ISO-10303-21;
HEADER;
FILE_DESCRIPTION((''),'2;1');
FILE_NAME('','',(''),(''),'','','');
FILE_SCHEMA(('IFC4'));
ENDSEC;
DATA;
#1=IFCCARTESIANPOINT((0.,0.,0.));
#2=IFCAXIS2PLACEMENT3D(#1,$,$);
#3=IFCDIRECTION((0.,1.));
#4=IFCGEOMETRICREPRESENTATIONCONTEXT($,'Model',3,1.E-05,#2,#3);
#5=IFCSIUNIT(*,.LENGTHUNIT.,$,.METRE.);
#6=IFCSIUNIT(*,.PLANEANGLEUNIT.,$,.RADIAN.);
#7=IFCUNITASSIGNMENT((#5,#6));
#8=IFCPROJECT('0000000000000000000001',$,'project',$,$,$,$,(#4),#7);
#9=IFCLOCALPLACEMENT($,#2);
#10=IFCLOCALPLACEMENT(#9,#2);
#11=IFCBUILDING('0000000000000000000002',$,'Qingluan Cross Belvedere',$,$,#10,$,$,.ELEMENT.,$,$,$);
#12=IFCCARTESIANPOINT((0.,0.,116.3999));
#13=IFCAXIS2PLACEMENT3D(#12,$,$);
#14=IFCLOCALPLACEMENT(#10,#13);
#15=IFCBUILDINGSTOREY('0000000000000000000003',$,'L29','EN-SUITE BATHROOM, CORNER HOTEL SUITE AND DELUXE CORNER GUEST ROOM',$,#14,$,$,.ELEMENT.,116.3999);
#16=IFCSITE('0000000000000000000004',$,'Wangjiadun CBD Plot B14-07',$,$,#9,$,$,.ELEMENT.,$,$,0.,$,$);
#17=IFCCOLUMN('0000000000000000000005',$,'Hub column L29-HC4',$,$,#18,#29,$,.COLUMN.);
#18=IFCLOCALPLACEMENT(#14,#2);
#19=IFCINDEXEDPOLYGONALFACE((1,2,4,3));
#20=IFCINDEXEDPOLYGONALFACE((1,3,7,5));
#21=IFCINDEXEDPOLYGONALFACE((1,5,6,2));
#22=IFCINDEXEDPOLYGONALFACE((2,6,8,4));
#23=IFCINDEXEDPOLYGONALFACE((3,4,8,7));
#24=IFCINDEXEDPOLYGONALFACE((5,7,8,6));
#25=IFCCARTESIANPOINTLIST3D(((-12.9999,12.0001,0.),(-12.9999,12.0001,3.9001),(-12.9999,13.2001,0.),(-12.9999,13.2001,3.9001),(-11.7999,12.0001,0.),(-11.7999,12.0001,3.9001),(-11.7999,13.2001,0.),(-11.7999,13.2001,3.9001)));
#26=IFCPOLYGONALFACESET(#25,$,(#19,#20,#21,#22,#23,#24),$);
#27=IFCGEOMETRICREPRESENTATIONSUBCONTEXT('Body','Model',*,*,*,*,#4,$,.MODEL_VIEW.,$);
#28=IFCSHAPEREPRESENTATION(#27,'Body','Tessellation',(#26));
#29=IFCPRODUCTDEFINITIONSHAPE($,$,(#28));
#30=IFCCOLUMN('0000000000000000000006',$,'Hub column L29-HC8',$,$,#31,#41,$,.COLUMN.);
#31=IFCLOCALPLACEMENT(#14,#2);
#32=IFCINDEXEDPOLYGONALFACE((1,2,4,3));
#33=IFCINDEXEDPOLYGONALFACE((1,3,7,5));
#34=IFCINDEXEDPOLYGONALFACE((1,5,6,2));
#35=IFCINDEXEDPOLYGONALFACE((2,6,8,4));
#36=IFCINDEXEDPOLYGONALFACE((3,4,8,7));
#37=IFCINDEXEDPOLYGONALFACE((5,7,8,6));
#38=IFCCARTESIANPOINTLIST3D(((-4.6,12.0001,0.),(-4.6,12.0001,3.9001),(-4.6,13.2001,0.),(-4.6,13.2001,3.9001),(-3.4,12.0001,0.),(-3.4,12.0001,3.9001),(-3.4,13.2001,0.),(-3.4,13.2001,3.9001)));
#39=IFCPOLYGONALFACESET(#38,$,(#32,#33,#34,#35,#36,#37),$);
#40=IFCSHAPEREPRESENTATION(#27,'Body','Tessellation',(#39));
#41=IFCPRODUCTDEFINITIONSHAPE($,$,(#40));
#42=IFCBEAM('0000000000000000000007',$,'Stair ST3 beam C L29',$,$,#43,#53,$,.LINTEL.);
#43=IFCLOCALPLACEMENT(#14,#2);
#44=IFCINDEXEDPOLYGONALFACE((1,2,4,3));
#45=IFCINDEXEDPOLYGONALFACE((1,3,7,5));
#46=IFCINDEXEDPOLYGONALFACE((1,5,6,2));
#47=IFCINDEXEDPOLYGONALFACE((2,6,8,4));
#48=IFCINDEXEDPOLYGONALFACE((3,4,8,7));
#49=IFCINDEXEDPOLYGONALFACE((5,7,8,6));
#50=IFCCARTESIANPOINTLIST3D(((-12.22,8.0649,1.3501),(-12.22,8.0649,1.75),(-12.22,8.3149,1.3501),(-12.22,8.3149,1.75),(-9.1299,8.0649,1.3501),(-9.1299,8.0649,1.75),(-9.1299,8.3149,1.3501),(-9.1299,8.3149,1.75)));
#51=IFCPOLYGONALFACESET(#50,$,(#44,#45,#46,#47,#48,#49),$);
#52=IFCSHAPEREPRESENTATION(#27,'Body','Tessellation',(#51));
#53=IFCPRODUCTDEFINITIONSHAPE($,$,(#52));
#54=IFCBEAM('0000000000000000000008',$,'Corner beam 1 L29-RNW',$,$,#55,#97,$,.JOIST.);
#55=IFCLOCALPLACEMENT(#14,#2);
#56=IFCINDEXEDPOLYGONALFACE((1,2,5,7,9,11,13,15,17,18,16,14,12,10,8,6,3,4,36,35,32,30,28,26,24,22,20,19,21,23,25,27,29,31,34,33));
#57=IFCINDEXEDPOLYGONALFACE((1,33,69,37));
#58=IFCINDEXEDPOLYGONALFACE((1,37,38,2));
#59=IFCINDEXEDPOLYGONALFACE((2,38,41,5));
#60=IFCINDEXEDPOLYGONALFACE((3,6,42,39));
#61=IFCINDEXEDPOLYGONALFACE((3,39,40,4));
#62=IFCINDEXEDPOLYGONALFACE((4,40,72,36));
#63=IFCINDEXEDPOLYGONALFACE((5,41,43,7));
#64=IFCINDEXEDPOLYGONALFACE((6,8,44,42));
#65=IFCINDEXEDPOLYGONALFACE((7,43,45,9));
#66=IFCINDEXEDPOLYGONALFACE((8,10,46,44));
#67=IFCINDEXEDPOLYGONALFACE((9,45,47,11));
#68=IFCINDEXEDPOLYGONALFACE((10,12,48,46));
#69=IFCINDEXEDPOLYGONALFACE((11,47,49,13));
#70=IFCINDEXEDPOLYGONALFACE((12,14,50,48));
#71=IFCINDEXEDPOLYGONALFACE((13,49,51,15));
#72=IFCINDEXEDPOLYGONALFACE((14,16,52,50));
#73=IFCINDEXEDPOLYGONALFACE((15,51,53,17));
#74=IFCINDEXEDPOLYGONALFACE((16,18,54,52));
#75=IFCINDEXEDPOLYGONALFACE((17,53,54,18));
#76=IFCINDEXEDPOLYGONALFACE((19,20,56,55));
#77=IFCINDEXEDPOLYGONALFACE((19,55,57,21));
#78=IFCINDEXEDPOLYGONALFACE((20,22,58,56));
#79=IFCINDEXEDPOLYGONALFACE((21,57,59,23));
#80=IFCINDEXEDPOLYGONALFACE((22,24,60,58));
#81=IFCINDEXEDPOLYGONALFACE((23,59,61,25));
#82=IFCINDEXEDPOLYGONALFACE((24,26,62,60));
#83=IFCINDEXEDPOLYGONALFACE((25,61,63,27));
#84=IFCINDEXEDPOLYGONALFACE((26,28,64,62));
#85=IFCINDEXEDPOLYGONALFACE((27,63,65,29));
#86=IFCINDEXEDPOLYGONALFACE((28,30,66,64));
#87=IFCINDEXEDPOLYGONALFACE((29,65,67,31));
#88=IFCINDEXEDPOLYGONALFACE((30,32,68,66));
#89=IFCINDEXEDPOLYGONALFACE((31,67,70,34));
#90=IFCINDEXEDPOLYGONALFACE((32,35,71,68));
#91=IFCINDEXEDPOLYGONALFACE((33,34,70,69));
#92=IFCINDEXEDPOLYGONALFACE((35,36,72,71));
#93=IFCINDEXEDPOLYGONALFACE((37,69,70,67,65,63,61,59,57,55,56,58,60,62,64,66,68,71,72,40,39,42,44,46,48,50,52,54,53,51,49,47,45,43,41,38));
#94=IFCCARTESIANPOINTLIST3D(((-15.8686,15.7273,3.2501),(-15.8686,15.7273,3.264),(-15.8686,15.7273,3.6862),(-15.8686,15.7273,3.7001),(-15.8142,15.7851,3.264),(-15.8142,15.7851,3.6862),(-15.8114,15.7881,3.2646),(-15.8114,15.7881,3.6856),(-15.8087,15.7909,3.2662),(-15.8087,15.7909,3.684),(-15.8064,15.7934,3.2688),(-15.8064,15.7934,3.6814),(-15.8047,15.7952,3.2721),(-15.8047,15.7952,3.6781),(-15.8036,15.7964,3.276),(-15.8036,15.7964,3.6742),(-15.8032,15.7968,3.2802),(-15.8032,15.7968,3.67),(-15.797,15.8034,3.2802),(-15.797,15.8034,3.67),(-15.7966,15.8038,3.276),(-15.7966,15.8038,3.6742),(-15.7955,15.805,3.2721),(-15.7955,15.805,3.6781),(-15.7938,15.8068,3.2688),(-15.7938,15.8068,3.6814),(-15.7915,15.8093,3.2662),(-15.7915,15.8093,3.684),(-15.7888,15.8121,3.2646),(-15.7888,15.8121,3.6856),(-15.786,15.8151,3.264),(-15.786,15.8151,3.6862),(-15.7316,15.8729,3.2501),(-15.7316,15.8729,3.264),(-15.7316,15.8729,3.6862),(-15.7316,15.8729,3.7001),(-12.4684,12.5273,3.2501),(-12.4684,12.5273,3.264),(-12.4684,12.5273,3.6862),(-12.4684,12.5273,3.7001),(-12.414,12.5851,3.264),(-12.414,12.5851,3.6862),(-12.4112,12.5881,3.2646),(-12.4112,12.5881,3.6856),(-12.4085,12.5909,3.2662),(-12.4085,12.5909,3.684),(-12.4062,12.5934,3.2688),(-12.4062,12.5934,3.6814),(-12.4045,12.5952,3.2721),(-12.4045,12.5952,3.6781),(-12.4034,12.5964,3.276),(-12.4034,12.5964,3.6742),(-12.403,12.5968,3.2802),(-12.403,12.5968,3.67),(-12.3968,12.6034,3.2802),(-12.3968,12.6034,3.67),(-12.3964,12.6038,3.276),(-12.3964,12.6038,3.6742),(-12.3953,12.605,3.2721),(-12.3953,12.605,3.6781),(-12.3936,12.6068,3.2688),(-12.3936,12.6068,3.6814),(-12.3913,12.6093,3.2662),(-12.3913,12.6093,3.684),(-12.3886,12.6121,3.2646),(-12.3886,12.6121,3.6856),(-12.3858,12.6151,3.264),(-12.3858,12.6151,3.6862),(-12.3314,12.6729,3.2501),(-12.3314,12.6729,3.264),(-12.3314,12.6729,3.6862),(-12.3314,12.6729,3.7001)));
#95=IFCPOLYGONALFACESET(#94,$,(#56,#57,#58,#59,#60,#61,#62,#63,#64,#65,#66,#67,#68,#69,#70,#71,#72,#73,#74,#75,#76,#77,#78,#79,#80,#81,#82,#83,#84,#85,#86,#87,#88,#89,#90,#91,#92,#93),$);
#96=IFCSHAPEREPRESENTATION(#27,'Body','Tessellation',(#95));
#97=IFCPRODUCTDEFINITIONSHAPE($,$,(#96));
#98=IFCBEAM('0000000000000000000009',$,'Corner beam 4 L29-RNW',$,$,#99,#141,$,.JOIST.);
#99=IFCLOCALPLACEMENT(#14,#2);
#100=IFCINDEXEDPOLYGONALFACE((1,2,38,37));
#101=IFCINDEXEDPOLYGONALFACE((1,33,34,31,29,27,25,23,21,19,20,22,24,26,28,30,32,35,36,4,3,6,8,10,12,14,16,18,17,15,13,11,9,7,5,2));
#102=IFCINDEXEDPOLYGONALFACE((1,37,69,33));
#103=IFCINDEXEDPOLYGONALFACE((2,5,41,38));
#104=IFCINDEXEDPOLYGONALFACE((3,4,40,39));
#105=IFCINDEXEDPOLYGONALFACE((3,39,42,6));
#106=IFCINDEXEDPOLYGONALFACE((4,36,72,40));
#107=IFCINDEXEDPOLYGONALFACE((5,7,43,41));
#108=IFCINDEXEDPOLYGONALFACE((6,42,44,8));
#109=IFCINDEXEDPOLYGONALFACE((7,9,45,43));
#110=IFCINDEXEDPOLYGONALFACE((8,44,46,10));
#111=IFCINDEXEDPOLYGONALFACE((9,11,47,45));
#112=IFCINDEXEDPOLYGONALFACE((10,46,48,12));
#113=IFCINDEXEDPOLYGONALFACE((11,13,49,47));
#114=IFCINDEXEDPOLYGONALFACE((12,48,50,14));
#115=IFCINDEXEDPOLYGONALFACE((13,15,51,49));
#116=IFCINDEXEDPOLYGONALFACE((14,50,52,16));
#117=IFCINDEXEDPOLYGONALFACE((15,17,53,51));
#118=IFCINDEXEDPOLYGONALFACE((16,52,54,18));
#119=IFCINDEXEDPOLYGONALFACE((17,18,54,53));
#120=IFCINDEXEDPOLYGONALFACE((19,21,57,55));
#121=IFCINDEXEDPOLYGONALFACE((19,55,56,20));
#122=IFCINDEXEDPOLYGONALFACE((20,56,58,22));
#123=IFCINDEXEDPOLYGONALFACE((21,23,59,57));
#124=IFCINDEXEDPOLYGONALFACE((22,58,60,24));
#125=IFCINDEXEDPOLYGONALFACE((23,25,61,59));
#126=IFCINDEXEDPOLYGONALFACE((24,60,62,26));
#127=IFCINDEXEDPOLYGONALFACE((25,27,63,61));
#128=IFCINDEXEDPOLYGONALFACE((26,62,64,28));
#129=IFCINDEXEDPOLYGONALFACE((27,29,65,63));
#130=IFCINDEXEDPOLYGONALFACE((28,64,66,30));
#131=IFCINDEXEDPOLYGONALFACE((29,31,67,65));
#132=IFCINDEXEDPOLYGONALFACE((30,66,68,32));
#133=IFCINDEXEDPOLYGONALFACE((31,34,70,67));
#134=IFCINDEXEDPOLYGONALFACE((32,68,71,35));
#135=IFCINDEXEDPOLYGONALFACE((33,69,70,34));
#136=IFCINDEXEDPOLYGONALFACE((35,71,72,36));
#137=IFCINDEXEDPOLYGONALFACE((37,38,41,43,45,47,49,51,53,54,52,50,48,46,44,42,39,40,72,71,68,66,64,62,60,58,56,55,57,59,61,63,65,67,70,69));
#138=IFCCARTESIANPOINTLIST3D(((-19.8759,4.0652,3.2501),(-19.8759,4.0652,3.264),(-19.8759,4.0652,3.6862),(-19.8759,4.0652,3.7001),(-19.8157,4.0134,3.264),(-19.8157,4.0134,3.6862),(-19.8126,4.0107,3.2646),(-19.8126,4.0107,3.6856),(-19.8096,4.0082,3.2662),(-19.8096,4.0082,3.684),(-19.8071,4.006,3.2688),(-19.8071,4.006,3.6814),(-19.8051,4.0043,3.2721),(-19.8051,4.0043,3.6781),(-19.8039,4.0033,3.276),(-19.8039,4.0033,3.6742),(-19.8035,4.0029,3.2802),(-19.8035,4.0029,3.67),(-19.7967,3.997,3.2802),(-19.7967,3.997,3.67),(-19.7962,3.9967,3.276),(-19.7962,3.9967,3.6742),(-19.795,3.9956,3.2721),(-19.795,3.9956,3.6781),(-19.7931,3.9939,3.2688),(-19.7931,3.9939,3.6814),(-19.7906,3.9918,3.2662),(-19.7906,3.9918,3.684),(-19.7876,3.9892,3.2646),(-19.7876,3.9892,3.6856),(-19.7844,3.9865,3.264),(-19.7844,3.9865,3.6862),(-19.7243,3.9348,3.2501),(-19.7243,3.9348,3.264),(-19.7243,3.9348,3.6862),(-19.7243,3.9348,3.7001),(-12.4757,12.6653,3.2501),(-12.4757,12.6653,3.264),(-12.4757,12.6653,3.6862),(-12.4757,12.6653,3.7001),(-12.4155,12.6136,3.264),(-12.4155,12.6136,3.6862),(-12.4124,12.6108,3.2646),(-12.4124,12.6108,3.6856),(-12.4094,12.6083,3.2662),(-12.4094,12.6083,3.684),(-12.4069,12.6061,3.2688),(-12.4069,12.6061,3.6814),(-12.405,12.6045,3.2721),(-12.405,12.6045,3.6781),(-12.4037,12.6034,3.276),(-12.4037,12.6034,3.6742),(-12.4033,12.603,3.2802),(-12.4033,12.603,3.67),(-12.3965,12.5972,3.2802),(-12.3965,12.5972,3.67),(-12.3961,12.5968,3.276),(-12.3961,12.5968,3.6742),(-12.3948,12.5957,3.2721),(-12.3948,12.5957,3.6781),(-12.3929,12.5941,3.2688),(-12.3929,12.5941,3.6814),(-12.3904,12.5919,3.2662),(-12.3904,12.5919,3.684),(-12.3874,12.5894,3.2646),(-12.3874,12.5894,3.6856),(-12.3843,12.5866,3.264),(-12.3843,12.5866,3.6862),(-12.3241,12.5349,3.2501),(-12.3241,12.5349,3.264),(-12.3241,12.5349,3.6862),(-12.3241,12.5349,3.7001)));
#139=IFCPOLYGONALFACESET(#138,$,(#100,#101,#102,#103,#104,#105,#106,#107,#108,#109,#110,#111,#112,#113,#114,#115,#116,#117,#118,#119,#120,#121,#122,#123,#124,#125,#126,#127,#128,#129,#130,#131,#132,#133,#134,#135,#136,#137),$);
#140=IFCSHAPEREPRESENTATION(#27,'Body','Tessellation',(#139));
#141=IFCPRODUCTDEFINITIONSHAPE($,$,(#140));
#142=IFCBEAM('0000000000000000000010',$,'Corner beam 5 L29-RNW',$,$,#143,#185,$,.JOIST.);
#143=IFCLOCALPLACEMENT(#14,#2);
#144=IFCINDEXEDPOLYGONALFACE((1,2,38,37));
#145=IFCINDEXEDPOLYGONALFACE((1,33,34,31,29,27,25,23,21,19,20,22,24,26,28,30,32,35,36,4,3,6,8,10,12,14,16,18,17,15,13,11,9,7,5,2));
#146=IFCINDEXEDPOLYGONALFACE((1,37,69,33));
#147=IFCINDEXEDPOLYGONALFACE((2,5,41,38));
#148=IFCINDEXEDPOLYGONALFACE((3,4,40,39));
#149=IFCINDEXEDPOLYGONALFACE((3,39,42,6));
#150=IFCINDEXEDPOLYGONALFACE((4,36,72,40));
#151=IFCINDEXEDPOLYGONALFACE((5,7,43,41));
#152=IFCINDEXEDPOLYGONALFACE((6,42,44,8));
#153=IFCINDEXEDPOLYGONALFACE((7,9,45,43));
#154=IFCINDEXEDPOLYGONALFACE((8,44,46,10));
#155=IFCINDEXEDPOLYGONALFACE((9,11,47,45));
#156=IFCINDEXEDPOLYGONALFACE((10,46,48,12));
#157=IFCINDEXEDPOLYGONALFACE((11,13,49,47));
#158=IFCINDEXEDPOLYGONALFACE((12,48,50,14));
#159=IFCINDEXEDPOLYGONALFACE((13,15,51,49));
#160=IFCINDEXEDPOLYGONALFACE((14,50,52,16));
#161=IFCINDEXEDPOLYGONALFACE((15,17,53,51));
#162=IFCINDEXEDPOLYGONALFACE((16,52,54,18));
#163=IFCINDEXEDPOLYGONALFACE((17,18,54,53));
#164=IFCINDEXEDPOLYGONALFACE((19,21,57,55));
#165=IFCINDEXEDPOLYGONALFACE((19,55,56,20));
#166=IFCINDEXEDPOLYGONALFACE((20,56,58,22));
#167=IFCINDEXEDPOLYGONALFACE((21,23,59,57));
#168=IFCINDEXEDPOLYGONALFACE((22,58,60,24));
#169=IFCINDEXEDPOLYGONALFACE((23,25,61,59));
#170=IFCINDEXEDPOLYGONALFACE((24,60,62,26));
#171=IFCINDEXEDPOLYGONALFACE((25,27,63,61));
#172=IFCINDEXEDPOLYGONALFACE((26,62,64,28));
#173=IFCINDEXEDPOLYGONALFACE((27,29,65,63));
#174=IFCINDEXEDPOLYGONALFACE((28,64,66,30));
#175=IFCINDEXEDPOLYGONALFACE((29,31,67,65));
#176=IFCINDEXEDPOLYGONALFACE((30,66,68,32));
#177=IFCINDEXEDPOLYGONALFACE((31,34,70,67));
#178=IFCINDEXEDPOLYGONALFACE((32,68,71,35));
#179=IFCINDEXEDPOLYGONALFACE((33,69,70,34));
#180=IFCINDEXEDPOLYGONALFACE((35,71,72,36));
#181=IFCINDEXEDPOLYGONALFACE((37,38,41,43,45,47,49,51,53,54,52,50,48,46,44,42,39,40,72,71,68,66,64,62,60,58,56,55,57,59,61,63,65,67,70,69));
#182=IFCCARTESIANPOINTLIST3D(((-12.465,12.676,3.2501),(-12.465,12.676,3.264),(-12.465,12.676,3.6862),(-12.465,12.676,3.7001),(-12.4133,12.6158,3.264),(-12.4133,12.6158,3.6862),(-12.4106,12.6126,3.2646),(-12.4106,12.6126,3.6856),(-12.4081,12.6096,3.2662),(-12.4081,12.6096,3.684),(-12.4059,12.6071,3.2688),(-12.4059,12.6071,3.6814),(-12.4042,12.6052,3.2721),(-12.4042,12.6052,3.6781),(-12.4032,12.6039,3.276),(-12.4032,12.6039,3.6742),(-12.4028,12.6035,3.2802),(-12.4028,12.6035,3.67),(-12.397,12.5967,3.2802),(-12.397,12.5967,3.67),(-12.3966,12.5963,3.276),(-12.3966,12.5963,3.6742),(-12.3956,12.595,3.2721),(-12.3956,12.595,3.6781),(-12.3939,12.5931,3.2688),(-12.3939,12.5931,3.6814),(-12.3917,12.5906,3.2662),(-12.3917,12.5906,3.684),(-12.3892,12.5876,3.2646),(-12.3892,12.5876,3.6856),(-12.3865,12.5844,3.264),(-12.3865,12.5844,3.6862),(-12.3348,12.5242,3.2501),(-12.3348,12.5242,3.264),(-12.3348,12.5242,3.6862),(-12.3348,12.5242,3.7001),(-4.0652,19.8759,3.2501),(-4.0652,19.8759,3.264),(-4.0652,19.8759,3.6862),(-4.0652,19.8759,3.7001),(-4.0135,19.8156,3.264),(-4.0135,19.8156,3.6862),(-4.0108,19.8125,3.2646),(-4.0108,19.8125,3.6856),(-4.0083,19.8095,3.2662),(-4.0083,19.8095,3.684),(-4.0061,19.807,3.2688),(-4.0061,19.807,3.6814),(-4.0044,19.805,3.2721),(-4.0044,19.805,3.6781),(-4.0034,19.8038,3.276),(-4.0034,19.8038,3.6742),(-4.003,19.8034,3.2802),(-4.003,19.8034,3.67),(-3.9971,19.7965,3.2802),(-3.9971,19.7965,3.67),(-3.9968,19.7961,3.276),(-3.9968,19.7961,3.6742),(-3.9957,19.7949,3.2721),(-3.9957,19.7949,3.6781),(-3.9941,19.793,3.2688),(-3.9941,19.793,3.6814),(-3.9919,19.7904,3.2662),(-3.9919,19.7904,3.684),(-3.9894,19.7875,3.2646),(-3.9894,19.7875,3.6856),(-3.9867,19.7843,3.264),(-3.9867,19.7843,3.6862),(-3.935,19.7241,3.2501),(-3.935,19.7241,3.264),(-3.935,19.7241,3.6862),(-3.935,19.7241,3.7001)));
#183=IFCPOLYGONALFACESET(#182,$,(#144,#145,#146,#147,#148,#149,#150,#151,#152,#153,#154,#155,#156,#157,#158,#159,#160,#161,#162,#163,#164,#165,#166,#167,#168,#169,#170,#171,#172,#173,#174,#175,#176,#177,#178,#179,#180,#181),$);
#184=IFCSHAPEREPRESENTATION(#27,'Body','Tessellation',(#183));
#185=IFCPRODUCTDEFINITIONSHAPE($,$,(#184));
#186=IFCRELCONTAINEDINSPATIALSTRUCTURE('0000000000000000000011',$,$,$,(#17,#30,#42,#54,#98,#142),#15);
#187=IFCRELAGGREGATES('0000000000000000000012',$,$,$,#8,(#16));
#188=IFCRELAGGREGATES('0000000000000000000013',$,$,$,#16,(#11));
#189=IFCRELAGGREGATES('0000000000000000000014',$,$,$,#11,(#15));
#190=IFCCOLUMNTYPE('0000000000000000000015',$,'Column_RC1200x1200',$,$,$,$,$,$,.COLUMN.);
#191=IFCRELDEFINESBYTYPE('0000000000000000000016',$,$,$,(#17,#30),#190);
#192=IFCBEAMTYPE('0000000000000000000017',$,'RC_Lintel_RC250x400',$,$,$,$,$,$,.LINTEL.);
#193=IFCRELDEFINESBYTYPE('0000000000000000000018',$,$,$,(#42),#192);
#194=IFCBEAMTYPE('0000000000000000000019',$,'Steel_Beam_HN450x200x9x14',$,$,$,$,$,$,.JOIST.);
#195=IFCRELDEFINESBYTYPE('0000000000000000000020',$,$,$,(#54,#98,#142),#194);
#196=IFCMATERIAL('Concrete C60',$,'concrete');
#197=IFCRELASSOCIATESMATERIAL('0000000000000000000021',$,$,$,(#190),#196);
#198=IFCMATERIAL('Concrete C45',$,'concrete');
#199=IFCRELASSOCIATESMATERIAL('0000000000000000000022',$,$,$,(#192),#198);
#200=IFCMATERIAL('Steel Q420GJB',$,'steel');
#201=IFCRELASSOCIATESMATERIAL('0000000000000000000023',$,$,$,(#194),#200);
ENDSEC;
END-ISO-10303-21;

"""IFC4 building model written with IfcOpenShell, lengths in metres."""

from ifc_helpers import new_model, si_unit, direction, frame, origin, origin_2d, place, context, subcontext, project, spatial, rectangle, i_section, extrude, material, material_profile, profile_set, type_object, element, save


model = new_model("IFC4")

# Units and contexts
model_context = context("Model", 3, precision=1e-05, world=origin(), true_north=direction((0.0, 1.0)))
body_context = subcontext(model_context, "Body", "Model", "MODEL_VIEW")
ifc_project = project(units=[si_unit("LENGTHUNIT", "METRE"), si_unit("PLANEANGLEUNIT", "RADIAN")], contexts=[model_context])

# Site, building, storey
site_placement = place(None, origin())
site = spatial("IfcSite", under=ifc_project, at=site_placement, Name="Wangjiadun CBD Plot B14-07", CompositionType="ELEMENT", RefElevation=0.0)
building_placement = place(site_placement, origin())
building = spatial("IfcBuilding", under=site, at=building_placement, Name="Qingluan Cross Belvedere", CompositionType="ELEMENT")
storey_placement = place(building_placement, frame((0.0, 0.0, 116.3999)))
storey = spatial("IfcBuildingStorey", under=building, at=storey_placement, Name="L29", Description="EN-SUITE BATHROOM, CORNER HOTEL SUITE AND DELUXE CORNER GUEST ROOM", CompositionType="ELEMENT", Elevation=116.3999)

# Columns
ifc_material_1 = material(Name="Concrete C60", Category="concrete")
ifc_material_profile_1 = material_profile(ifc_material_1, rectangle(XDim=1.2, YDim=1.2, at=origin_2d()), Name="RC1200x1200")
ifc_profile_set_1 = profile_set([ifc_material_profile_1], Name="Concrete C60")
column_type = type_object("IfcColumnType", Name="Column_RC1200x1200", PredefinedType="COLUMN", material=ifc_profile_set_1)
for number, where, z_axis, x_axis, name in (
    (1, (-12.3999, 12.6001, 0.0), (0.0, 0.0, 1.0), (1.0, 0.0, 0.0), "Hub column L29-HC4"),
    (2, (-4.0, 12.6001, 0.0), (0.0, 0.0, 1.0), (1.0, 0.0, 0.0), "Hub column L29-HC8"),
):
    element("IfcColumn", number, at=place(storey_placement, frame(where, z_axis=z_axis, x_axis=x_axis)), inside=storey, type_object=column_type, Name=name, PredefinedType="COLUMN", context=body_context, shape_type="SweptSolid", body=[
        extrude(rectangle(XDim=1.2, YDim=1.2, at=origin_2d()), origin(), (0.0, 0.0, 1.0), 3.9001),
    ])

# Beams
ifc_material_2 = material(Name="Concrete C45", Category="concrete")
ifc_material_profile_2 = material_profile(ifc_material_2, rectangle(XDim=0.25, YDim=0.3999, at=origin_2d()), Name="RC250x400")
ifc_profile_set_2 = profile_set([ifc_material_profile_2], Name="Concrete C45")
beam_type_1 = type_object("IfcBeamType", Name="RC_Lintel_RC250x400", PredefinedType="LINTEL", material=ifc_profile_set_2)
beam_1_placement = place(storey_placement, frame((-12.22, 8.1899, 1.55), z_axis=(1.0, 0.0, 0.0), x_axis=(0.0, 1.0, 0.0)))
element("IfcBeam", 3, at=beam_1_placement, inside=storey, type_object=beam_type_1, Name="Stair ST3 beam C L29", PredefinedType="LINTEL", context=body_context, shape_type="SweptSolid", body=[
    extrude(rectangle(XDim=0.25, YDim=0.3999, at=origin_2d()), origin(), (0.0, 0.0, 1.0), 3.0901),
])
ifc_material_3 = material(Name="Steel Q420GJB", Category="steel")
ifc_material_profile_3 = material_profile(ifc_material_3, i_section(OverallWidth=0.2, OverallDepth=0.45, WebThickness=0.009, FlangeThickness=0.0139, FilletRadius=0.0161, at=origin_2d()), Name="HN450x200x9x14")
ifc_profile_set_3 = profile_set([ifc_material_profile_3], Name="Steel Q420GJB")
beam_type_2 = type_object("IfcBeamType", Name="Steel_Beam_HN450x200x9x14", PredefinedType="JOIST", material=ifc_profile_set_3)
beam_2_placement = place(storey_placement, frame((-12.3999, 12.6001, 3.4751), z_axis=(-0.72822, 0.685343, 0.0), x_axis=(-0.685343, -0.72822, 0.0)))
element("IfcBeam", 4, at=beam_2_placement, inside=storey, type_object=beam_type_2, Name="Corner beam 1 L29-RNW", PredefinedType="JOIST", context=body_context, shape_type="SweptSolid", body=[
    extrude(i_section(OverallWidth=0.2, OverallDepth=0.45, WebThickness=0.009, FlangeThickness=0.0139, FilletRadius=0.0161, at=origin_2d()), origin(), (0.0, 0.0, 1.0), 4.6692),
])
beam_3_placement = place(storey_placement, frame((-12.3999, 12.6001, 3.4751), z_axis=(-0.652245, -0.758008, 0.0), x_axis=(0.758008, -0.652245, 0.0)))
element("IfcBeam", 5, at=beam_3_placement, inside=storey, type_object=beam_type_2, Name="Corner beam 4 L29-RNW", PredefinedType="JOIST", context=body_context, shape_type="SweptSolid", body=[
    extrude(i_section(OverallWidth=0.2, OverallDepth=0.45, WebThickness=0.009, FlangeThickness=0.0139, FilletRadius=0.0161, at=origin_2d()), origin(), (0.0, 0.0, 1.0), 11.3457),
])
beam_4_placement = place(storey_placement, frame((-12.3999, 12.6001, 3.4751), z_axis=(0.759255, 0.650793, 0.0), x_axis=(-0.650793, 0.759255, 0.0)))
element("IfcBeam", 6, at=beam_4_placement, inside=storey, type_object=beam_type_2, Name="Corner beam 5 L29-RNW", PredefinedType="JOIST", context=body_context, shape_type="SweptSolid", body=[
    extrude(i_section(OverallWidth=0.2, OverallDepth=0.45, WebThickness=0.009, FlangeThickness=0.0139, FilletRadius=0.0161, at=origin_2d()), origin(), (0.0, 0.0, 1.0), 11.0632),
])

save(model, "model.ifc")
